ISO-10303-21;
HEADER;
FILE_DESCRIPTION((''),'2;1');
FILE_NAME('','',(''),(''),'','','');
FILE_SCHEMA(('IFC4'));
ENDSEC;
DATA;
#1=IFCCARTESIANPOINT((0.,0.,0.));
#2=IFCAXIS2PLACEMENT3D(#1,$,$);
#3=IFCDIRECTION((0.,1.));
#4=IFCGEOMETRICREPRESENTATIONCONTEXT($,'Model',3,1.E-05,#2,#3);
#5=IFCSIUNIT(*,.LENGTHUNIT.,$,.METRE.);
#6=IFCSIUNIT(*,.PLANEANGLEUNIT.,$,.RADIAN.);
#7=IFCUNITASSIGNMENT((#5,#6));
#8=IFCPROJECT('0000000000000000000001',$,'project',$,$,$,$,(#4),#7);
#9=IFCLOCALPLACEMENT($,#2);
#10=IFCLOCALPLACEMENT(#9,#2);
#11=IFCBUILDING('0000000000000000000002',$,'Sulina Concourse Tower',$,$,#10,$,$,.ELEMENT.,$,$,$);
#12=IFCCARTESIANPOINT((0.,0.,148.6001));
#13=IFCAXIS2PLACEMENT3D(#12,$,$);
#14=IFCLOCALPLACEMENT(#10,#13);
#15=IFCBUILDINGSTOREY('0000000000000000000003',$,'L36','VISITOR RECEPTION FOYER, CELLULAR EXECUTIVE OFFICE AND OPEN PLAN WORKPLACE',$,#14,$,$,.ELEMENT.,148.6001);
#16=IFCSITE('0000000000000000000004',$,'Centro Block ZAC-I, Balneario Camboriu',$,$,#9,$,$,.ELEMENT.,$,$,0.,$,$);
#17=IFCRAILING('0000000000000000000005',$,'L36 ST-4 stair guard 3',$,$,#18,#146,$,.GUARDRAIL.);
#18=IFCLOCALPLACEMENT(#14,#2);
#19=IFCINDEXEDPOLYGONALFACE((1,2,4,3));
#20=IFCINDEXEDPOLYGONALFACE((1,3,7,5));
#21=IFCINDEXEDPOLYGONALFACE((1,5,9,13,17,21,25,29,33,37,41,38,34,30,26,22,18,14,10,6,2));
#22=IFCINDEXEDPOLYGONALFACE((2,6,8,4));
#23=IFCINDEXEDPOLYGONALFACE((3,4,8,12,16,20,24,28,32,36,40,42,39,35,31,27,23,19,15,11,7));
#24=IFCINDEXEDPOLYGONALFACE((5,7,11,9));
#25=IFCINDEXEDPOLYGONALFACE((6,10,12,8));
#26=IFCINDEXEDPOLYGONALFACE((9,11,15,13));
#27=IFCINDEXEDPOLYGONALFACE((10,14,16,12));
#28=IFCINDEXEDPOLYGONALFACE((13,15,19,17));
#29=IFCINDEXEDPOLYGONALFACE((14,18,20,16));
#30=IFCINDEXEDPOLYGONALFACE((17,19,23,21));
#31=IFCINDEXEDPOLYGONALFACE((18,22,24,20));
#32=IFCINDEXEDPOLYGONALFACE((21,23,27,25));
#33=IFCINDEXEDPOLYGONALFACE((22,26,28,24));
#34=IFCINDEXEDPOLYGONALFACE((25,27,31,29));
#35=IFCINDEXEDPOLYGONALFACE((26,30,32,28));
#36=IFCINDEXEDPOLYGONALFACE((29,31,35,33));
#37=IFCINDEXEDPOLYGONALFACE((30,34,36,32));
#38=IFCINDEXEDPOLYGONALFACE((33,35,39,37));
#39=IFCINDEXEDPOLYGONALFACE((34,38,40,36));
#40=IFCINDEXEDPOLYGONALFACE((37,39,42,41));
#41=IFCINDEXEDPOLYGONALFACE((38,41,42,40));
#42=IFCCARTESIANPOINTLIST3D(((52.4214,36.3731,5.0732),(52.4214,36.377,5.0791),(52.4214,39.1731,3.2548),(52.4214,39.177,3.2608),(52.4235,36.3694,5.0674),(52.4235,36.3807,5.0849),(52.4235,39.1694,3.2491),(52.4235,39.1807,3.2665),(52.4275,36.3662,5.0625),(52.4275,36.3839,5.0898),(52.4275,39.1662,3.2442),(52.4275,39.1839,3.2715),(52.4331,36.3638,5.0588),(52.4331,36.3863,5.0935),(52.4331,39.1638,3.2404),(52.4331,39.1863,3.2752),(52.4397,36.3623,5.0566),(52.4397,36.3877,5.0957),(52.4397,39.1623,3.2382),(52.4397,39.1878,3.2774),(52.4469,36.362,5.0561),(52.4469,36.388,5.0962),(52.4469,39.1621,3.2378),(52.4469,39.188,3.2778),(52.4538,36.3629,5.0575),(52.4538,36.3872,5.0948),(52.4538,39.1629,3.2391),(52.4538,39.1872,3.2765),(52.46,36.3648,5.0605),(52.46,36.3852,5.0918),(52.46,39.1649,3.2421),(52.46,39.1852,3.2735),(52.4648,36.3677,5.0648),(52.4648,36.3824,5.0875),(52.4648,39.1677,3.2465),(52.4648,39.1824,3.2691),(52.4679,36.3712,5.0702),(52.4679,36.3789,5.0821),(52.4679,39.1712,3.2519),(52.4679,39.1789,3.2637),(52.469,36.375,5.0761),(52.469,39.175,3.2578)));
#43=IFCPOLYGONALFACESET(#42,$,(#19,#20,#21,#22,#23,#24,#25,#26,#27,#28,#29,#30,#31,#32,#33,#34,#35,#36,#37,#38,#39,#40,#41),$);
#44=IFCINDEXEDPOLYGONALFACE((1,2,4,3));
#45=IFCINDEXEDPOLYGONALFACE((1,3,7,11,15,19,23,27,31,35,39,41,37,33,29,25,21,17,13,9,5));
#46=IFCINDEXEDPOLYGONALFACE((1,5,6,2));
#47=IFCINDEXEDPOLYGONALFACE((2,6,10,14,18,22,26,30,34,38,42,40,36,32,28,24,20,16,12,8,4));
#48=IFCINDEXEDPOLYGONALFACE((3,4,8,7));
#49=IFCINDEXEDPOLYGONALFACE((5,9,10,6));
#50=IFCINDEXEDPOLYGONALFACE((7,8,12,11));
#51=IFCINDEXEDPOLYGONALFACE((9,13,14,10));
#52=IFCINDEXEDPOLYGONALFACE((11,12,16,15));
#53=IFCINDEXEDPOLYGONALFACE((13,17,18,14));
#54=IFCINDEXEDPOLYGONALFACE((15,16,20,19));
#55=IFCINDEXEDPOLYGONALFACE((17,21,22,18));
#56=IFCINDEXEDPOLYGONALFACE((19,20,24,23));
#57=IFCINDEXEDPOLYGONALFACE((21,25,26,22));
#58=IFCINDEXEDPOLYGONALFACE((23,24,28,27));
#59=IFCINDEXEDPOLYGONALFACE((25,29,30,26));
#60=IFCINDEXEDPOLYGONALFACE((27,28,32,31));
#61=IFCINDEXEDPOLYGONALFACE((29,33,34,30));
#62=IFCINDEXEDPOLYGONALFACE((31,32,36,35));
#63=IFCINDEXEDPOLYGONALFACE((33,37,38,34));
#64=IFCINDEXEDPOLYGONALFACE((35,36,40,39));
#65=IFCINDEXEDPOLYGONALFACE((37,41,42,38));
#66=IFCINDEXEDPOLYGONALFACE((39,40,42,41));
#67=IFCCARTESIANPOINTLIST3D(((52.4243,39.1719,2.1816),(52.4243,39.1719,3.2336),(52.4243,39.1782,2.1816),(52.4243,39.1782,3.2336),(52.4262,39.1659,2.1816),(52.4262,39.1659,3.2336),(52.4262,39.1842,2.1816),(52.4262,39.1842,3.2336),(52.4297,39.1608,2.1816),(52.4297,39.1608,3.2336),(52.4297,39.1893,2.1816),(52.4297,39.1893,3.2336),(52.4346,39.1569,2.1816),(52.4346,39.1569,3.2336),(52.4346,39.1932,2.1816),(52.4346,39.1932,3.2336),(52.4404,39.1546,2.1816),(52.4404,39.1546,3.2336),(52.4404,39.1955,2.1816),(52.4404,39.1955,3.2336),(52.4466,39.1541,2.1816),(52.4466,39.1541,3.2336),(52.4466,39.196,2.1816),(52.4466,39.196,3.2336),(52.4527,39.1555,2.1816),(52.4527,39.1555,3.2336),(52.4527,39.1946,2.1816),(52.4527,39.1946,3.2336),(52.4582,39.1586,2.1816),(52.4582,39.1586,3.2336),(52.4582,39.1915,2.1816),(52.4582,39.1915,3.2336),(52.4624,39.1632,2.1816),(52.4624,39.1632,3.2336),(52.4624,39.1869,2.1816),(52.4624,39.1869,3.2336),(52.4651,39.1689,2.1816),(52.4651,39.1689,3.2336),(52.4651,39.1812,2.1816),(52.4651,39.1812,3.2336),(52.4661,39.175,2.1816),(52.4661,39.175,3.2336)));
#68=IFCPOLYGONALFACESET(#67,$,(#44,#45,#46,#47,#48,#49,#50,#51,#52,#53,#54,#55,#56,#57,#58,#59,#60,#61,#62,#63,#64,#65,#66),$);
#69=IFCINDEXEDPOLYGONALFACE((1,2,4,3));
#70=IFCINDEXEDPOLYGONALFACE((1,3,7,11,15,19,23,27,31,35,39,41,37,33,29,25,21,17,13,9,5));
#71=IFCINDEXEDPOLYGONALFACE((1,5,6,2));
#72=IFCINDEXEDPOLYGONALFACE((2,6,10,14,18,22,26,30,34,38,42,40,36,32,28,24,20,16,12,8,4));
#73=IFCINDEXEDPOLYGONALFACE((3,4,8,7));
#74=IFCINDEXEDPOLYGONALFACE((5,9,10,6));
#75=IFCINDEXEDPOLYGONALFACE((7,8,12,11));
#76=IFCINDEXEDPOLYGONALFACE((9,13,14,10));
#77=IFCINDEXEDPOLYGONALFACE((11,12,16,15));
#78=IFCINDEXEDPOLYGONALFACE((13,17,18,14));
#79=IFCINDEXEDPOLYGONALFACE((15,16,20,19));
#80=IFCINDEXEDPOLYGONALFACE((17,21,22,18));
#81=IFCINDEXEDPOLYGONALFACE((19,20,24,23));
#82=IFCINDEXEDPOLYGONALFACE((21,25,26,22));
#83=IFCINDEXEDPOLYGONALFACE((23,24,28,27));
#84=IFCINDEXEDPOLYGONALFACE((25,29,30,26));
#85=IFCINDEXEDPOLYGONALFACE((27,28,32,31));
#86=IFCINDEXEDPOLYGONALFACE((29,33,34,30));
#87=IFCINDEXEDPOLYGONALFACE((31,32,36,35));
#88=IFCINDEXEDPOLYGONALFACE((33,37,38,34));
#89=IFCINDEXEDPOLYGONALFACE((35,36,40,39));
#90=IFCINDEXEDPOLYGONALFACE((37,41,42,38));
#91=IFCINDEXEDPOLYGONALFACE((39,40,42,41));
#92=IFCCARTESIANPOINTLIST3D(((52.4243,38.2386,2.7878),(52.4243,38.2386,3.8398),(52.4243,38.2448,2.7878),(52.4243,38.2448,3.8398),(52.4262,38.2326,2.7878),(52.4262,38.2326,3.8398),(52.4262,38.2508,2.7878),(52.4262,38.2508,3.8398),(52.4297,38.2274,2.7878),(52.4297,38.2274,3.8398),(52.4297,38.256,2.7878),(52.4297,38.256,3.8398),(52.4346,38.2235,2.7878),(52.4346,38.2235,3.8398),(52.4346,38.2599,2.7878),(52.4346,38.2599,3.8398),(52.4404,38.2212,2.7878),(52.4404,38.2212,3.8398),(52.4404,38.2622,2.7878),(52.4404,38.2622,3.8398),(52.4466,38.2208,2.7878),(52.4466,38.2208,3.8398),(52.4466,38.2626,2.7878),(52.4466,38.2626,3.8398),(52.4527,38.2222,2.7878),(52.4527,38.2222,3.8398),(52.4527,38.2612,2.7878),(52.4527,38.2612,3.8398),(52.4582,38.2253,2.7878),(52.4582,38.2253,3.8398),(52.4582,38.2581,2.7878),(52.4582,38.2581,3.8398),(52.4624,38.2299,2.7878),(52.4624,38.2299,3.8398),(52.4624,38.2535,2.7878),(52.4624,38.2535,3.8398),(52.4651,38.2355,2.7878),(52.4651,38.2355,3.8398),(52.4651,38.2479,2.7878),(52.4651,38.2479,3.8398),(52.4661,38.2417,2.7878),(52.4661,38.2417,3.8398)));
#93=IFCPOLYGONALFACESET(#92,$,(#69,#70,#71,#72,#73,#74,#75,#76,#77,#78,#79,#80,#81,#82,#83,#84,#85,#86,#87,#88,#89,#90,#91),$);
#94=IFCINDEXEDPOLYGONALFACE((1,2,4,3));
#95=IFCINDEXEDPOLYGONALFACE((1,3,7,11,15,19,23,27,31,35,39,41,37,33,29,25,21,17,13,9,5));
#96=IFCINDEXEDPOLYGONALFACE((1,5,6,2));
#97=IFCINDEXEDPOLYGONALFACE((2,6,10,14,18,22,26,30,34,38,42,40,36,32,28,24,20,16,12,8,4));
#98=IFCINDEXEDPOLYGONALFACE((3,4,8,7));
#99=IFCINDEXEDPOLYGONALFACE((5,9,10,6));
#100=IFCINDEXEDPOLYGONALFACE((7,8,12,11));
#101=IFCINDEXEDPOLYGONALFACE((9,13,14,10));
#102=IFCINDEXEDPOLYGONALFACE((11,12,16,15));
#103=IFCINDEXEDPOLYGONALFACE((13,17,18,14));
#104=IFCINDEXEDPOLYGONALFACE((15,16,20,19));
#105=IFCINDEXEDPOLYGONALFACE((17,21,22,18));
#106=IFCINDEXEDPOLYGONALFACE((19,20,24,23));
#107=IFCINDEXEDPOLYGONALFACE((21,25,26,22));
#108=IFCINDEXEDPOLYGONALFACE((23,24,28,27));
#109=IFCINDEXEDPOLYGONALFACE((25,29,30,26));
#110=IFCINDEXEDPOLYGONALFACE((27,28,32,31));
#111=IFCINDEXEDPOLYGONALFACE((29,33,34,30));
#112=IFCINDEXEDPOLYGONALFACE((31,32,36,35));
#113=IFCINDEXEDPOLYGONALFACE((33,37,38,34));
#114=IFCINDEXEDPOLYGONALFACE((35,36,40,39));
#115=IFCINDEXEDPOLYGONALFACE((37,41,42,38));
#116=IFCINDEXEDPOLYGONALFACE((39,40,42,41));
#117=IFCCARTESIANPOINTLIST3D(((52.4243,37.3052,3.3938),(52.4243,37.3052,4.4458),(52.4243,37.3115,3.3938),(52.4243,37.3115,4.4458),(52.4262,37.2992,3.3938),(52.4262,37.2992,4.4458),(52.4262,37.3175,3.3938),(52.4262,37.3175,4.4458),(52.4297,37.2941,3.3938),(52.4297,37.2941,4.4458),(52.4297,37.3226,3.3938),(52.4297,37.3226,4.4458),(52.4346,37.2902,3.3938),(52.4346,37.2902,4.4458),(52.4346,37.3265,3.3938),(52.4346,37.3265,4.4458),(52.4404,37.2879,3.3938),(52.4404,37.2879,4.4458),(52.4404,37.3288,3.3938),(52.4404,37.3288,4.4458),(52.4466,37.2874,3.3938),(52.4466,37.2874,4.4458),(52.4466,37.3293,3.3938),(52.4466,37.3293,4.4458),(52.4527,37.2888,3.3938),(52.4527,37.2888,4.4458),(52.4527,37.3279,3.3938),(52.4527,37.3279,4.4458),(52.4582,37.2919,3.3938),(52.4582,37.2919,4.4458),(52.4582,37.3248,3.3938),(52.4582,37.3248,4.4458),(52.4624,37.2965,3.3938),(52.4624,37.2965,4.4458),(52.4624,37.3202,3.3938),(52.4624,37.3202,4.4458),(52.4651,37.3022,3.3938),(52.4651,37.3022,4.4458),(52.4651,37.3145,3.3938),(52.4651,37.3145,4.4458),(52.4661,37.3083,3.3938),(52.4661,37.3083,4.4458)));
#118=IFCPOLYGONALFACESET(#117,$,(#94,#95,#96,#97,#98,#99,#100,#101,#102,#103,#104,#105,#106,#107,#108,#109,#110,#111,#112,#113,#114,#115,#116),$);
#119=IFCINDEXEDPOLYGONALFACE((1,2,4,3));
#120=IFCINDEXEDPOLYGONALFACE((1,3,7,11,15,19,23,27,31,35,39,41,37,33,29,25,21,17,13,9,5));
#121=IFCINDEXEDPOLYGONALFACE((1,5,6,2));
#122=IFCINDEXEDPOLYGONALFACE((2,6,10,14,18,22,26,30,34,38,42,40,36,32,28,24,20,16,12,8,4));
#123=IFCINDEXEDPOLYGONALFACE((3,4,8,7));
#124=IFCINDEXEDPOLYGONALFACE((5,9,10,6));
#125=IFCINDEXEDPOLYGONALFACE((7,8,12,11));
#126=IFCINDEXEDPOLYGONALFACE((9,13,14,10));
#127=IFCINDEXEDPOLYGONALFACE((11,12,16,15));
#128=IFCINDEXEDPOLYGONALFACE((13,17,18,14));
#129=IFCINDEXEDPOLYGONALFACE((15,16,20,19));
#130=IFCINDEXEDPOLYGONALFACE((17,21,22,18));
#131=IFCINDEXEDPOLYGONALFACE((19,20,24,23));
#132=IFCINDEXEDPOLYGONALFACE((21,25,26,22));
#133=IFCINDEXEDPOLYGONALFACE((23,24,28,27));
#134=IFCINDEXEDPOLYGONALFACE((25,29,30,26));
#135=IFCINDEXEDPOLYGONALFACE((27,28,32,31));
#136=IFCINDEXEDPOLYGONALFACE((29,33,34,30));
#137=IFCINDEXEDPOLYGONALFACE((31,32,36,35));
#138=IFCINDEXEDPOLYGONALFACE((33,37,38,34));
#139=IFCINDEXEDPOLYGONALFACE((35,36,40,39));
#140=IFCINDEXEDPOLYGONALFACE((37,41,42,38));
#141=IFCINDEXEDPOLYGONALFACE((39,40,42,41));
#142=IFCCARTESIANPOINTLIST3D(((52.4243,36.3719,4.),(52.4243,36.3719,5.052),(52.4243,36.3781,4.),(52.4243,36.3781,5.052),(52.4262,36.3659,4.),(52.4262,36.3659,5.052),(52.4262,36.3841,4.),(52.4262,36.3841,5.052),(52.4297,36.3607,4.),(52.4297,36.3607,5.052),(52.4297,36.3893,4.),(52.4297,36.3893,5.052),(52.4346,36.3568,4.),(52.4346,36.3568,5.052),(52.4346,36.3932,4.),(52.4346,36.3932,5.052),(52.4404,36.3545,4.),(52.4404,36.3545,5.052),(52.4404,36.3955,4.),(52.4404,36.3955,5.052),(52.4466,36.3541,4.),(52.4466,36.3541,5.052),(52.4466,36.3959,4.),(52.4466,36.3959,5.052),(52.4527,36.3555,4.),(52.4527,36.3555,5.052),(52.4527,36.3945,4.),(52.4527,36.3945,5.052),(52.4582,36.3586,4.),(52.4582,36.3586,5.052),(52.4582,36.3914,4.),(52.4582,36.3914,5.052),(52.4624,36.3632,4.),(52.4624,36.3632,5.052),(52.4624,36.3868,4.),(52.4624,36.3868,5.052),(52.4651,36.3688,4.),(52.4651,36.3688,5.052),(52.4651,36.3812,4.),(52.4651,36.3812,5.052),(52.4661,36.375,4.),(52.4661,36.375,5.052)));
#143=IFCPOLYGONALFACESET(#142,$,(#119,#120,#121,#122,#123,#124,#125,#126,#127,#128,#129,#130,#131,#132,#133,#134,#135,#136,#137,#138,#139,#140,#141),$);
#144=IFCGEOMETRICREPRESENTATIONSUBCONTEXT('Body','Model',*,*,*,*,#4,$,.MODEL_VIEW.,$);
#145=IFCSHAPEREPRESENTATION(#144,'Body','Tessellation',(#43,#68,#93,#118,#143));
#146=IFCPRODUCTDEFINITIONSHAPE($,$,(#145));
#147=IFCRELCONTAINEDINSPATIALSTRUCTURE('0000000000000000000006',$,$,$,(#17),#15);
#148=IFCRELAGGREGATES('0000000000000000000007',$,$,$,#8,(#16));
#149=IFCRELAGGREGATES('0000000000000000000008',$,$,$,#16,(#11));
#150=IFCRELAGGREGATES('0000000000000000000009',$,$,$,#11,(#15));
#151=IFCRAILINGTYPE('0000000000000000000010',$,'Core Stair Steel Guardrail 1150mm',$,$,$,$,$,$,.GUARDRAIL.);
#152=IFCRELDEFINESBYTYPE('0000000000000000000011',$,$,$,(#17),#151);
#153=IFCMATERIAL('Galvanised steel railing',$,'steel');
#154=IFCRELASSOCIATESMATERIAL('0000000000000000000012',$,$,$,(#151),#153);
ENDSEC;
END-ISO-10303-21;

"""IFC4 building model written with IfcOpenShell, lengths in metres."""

from ifc_helpers import new_model, si_unit, direction, frame, origin, origin_2d, place, context, subcontext, project, spatial, circle, extrude, material, type_object, element, save


model = new_model("IFC4")

# Units and contexts
model_context = context("Model", 3, precision=1e-05, world=origin(), true_north=direction((0.0, 1.0)))
body_context = subcontext(model_context, "Body", "Model", "MODEL_VIEW")
ifc_project = project(units=[si_unit("LENGTHUNIT", "METRE"), si_unit("PLANEANGLEUNIT", "RADIAN")], contexts=[model_context])

# Site, building, storey
site_placement = place(None, origin())
site = spatial("IfcSite", under=ifc_project, at=site_placement, Name="Centro Block ZAC-I, Balneario Camboriu", CompositionType="ELEMENT", RefElevation=0.0)
building_placement = place(site_placement, origin())
building = spatial("IfcBuilding", under=site, at=building_placement, Name="Sulina Concourse Tower", CompositionType="ELEMENT")
storey_placement = place(building_placement, frame((0.0, 0.0, 148.6001)))
storey = spatial("IfcBuildingStorey", under=building, at=storey_placement, Name="L36", Description="VISITOR RECEPTION FOYER, CELLULAR EXECUTIVE OFFICE AND OPEN PLAN WORKPLACE", CompositionType="ELEMENT", Elevation=148.6001)

# Railing
ifc_material_1 = material(Name="Galvanised steel railing", Category="steel")
railing_type_1 = type_object("IfcRailingType", Name="Core Stair Steel Guardrail 1150mm", PredefinedType="GUARDRAIL", material=ifc_material_1)
railing_1_placement = place(storey_placement, frame((52.4451, 39.175, 2.1816)))
element("IfcRailing", 1, at=railing_1_placement, inside=storey, type_object=railing_type_1, Name="L36 ST-4 stair guard 3", PredefinedType="GUARDRAIL", context=body_context, shape_type="SweptSolid", body=[
    extrude(circle(Radius=0.0239, at=origin_2d()), frame((0.0, 0.0, 1.0762), z_axis=(0.0, -0.838672, 0.544636), x_axis=(1.0, 0.0, 0.0)), (0.0, 0.0, 1.0), 3.3386),
    extrude(circle(Radius=0.021, at=origin_2d()), origin(), (0.0, 0.0, 1.0), 1.052),
    extrude(circle(Radius=0.021, at=origin_2d()), frame((0.0, -0.9333, 0.6062)), (0.0, 0.0, 1.0), 1.052),
    extrude(circle(Radius=0.021, at=origin_2d()), frame((0.0, -1.8667, 1.2122)), (0.0, 0.0, 1.0), 1.052),
    extrude(circle(Radius=0.021, at=origin_2d()), frame((0.0, -2.8, 1.8184)), (0.0, 0.0, 1.0), 1.052),
])

save(model, "model.ifc")
